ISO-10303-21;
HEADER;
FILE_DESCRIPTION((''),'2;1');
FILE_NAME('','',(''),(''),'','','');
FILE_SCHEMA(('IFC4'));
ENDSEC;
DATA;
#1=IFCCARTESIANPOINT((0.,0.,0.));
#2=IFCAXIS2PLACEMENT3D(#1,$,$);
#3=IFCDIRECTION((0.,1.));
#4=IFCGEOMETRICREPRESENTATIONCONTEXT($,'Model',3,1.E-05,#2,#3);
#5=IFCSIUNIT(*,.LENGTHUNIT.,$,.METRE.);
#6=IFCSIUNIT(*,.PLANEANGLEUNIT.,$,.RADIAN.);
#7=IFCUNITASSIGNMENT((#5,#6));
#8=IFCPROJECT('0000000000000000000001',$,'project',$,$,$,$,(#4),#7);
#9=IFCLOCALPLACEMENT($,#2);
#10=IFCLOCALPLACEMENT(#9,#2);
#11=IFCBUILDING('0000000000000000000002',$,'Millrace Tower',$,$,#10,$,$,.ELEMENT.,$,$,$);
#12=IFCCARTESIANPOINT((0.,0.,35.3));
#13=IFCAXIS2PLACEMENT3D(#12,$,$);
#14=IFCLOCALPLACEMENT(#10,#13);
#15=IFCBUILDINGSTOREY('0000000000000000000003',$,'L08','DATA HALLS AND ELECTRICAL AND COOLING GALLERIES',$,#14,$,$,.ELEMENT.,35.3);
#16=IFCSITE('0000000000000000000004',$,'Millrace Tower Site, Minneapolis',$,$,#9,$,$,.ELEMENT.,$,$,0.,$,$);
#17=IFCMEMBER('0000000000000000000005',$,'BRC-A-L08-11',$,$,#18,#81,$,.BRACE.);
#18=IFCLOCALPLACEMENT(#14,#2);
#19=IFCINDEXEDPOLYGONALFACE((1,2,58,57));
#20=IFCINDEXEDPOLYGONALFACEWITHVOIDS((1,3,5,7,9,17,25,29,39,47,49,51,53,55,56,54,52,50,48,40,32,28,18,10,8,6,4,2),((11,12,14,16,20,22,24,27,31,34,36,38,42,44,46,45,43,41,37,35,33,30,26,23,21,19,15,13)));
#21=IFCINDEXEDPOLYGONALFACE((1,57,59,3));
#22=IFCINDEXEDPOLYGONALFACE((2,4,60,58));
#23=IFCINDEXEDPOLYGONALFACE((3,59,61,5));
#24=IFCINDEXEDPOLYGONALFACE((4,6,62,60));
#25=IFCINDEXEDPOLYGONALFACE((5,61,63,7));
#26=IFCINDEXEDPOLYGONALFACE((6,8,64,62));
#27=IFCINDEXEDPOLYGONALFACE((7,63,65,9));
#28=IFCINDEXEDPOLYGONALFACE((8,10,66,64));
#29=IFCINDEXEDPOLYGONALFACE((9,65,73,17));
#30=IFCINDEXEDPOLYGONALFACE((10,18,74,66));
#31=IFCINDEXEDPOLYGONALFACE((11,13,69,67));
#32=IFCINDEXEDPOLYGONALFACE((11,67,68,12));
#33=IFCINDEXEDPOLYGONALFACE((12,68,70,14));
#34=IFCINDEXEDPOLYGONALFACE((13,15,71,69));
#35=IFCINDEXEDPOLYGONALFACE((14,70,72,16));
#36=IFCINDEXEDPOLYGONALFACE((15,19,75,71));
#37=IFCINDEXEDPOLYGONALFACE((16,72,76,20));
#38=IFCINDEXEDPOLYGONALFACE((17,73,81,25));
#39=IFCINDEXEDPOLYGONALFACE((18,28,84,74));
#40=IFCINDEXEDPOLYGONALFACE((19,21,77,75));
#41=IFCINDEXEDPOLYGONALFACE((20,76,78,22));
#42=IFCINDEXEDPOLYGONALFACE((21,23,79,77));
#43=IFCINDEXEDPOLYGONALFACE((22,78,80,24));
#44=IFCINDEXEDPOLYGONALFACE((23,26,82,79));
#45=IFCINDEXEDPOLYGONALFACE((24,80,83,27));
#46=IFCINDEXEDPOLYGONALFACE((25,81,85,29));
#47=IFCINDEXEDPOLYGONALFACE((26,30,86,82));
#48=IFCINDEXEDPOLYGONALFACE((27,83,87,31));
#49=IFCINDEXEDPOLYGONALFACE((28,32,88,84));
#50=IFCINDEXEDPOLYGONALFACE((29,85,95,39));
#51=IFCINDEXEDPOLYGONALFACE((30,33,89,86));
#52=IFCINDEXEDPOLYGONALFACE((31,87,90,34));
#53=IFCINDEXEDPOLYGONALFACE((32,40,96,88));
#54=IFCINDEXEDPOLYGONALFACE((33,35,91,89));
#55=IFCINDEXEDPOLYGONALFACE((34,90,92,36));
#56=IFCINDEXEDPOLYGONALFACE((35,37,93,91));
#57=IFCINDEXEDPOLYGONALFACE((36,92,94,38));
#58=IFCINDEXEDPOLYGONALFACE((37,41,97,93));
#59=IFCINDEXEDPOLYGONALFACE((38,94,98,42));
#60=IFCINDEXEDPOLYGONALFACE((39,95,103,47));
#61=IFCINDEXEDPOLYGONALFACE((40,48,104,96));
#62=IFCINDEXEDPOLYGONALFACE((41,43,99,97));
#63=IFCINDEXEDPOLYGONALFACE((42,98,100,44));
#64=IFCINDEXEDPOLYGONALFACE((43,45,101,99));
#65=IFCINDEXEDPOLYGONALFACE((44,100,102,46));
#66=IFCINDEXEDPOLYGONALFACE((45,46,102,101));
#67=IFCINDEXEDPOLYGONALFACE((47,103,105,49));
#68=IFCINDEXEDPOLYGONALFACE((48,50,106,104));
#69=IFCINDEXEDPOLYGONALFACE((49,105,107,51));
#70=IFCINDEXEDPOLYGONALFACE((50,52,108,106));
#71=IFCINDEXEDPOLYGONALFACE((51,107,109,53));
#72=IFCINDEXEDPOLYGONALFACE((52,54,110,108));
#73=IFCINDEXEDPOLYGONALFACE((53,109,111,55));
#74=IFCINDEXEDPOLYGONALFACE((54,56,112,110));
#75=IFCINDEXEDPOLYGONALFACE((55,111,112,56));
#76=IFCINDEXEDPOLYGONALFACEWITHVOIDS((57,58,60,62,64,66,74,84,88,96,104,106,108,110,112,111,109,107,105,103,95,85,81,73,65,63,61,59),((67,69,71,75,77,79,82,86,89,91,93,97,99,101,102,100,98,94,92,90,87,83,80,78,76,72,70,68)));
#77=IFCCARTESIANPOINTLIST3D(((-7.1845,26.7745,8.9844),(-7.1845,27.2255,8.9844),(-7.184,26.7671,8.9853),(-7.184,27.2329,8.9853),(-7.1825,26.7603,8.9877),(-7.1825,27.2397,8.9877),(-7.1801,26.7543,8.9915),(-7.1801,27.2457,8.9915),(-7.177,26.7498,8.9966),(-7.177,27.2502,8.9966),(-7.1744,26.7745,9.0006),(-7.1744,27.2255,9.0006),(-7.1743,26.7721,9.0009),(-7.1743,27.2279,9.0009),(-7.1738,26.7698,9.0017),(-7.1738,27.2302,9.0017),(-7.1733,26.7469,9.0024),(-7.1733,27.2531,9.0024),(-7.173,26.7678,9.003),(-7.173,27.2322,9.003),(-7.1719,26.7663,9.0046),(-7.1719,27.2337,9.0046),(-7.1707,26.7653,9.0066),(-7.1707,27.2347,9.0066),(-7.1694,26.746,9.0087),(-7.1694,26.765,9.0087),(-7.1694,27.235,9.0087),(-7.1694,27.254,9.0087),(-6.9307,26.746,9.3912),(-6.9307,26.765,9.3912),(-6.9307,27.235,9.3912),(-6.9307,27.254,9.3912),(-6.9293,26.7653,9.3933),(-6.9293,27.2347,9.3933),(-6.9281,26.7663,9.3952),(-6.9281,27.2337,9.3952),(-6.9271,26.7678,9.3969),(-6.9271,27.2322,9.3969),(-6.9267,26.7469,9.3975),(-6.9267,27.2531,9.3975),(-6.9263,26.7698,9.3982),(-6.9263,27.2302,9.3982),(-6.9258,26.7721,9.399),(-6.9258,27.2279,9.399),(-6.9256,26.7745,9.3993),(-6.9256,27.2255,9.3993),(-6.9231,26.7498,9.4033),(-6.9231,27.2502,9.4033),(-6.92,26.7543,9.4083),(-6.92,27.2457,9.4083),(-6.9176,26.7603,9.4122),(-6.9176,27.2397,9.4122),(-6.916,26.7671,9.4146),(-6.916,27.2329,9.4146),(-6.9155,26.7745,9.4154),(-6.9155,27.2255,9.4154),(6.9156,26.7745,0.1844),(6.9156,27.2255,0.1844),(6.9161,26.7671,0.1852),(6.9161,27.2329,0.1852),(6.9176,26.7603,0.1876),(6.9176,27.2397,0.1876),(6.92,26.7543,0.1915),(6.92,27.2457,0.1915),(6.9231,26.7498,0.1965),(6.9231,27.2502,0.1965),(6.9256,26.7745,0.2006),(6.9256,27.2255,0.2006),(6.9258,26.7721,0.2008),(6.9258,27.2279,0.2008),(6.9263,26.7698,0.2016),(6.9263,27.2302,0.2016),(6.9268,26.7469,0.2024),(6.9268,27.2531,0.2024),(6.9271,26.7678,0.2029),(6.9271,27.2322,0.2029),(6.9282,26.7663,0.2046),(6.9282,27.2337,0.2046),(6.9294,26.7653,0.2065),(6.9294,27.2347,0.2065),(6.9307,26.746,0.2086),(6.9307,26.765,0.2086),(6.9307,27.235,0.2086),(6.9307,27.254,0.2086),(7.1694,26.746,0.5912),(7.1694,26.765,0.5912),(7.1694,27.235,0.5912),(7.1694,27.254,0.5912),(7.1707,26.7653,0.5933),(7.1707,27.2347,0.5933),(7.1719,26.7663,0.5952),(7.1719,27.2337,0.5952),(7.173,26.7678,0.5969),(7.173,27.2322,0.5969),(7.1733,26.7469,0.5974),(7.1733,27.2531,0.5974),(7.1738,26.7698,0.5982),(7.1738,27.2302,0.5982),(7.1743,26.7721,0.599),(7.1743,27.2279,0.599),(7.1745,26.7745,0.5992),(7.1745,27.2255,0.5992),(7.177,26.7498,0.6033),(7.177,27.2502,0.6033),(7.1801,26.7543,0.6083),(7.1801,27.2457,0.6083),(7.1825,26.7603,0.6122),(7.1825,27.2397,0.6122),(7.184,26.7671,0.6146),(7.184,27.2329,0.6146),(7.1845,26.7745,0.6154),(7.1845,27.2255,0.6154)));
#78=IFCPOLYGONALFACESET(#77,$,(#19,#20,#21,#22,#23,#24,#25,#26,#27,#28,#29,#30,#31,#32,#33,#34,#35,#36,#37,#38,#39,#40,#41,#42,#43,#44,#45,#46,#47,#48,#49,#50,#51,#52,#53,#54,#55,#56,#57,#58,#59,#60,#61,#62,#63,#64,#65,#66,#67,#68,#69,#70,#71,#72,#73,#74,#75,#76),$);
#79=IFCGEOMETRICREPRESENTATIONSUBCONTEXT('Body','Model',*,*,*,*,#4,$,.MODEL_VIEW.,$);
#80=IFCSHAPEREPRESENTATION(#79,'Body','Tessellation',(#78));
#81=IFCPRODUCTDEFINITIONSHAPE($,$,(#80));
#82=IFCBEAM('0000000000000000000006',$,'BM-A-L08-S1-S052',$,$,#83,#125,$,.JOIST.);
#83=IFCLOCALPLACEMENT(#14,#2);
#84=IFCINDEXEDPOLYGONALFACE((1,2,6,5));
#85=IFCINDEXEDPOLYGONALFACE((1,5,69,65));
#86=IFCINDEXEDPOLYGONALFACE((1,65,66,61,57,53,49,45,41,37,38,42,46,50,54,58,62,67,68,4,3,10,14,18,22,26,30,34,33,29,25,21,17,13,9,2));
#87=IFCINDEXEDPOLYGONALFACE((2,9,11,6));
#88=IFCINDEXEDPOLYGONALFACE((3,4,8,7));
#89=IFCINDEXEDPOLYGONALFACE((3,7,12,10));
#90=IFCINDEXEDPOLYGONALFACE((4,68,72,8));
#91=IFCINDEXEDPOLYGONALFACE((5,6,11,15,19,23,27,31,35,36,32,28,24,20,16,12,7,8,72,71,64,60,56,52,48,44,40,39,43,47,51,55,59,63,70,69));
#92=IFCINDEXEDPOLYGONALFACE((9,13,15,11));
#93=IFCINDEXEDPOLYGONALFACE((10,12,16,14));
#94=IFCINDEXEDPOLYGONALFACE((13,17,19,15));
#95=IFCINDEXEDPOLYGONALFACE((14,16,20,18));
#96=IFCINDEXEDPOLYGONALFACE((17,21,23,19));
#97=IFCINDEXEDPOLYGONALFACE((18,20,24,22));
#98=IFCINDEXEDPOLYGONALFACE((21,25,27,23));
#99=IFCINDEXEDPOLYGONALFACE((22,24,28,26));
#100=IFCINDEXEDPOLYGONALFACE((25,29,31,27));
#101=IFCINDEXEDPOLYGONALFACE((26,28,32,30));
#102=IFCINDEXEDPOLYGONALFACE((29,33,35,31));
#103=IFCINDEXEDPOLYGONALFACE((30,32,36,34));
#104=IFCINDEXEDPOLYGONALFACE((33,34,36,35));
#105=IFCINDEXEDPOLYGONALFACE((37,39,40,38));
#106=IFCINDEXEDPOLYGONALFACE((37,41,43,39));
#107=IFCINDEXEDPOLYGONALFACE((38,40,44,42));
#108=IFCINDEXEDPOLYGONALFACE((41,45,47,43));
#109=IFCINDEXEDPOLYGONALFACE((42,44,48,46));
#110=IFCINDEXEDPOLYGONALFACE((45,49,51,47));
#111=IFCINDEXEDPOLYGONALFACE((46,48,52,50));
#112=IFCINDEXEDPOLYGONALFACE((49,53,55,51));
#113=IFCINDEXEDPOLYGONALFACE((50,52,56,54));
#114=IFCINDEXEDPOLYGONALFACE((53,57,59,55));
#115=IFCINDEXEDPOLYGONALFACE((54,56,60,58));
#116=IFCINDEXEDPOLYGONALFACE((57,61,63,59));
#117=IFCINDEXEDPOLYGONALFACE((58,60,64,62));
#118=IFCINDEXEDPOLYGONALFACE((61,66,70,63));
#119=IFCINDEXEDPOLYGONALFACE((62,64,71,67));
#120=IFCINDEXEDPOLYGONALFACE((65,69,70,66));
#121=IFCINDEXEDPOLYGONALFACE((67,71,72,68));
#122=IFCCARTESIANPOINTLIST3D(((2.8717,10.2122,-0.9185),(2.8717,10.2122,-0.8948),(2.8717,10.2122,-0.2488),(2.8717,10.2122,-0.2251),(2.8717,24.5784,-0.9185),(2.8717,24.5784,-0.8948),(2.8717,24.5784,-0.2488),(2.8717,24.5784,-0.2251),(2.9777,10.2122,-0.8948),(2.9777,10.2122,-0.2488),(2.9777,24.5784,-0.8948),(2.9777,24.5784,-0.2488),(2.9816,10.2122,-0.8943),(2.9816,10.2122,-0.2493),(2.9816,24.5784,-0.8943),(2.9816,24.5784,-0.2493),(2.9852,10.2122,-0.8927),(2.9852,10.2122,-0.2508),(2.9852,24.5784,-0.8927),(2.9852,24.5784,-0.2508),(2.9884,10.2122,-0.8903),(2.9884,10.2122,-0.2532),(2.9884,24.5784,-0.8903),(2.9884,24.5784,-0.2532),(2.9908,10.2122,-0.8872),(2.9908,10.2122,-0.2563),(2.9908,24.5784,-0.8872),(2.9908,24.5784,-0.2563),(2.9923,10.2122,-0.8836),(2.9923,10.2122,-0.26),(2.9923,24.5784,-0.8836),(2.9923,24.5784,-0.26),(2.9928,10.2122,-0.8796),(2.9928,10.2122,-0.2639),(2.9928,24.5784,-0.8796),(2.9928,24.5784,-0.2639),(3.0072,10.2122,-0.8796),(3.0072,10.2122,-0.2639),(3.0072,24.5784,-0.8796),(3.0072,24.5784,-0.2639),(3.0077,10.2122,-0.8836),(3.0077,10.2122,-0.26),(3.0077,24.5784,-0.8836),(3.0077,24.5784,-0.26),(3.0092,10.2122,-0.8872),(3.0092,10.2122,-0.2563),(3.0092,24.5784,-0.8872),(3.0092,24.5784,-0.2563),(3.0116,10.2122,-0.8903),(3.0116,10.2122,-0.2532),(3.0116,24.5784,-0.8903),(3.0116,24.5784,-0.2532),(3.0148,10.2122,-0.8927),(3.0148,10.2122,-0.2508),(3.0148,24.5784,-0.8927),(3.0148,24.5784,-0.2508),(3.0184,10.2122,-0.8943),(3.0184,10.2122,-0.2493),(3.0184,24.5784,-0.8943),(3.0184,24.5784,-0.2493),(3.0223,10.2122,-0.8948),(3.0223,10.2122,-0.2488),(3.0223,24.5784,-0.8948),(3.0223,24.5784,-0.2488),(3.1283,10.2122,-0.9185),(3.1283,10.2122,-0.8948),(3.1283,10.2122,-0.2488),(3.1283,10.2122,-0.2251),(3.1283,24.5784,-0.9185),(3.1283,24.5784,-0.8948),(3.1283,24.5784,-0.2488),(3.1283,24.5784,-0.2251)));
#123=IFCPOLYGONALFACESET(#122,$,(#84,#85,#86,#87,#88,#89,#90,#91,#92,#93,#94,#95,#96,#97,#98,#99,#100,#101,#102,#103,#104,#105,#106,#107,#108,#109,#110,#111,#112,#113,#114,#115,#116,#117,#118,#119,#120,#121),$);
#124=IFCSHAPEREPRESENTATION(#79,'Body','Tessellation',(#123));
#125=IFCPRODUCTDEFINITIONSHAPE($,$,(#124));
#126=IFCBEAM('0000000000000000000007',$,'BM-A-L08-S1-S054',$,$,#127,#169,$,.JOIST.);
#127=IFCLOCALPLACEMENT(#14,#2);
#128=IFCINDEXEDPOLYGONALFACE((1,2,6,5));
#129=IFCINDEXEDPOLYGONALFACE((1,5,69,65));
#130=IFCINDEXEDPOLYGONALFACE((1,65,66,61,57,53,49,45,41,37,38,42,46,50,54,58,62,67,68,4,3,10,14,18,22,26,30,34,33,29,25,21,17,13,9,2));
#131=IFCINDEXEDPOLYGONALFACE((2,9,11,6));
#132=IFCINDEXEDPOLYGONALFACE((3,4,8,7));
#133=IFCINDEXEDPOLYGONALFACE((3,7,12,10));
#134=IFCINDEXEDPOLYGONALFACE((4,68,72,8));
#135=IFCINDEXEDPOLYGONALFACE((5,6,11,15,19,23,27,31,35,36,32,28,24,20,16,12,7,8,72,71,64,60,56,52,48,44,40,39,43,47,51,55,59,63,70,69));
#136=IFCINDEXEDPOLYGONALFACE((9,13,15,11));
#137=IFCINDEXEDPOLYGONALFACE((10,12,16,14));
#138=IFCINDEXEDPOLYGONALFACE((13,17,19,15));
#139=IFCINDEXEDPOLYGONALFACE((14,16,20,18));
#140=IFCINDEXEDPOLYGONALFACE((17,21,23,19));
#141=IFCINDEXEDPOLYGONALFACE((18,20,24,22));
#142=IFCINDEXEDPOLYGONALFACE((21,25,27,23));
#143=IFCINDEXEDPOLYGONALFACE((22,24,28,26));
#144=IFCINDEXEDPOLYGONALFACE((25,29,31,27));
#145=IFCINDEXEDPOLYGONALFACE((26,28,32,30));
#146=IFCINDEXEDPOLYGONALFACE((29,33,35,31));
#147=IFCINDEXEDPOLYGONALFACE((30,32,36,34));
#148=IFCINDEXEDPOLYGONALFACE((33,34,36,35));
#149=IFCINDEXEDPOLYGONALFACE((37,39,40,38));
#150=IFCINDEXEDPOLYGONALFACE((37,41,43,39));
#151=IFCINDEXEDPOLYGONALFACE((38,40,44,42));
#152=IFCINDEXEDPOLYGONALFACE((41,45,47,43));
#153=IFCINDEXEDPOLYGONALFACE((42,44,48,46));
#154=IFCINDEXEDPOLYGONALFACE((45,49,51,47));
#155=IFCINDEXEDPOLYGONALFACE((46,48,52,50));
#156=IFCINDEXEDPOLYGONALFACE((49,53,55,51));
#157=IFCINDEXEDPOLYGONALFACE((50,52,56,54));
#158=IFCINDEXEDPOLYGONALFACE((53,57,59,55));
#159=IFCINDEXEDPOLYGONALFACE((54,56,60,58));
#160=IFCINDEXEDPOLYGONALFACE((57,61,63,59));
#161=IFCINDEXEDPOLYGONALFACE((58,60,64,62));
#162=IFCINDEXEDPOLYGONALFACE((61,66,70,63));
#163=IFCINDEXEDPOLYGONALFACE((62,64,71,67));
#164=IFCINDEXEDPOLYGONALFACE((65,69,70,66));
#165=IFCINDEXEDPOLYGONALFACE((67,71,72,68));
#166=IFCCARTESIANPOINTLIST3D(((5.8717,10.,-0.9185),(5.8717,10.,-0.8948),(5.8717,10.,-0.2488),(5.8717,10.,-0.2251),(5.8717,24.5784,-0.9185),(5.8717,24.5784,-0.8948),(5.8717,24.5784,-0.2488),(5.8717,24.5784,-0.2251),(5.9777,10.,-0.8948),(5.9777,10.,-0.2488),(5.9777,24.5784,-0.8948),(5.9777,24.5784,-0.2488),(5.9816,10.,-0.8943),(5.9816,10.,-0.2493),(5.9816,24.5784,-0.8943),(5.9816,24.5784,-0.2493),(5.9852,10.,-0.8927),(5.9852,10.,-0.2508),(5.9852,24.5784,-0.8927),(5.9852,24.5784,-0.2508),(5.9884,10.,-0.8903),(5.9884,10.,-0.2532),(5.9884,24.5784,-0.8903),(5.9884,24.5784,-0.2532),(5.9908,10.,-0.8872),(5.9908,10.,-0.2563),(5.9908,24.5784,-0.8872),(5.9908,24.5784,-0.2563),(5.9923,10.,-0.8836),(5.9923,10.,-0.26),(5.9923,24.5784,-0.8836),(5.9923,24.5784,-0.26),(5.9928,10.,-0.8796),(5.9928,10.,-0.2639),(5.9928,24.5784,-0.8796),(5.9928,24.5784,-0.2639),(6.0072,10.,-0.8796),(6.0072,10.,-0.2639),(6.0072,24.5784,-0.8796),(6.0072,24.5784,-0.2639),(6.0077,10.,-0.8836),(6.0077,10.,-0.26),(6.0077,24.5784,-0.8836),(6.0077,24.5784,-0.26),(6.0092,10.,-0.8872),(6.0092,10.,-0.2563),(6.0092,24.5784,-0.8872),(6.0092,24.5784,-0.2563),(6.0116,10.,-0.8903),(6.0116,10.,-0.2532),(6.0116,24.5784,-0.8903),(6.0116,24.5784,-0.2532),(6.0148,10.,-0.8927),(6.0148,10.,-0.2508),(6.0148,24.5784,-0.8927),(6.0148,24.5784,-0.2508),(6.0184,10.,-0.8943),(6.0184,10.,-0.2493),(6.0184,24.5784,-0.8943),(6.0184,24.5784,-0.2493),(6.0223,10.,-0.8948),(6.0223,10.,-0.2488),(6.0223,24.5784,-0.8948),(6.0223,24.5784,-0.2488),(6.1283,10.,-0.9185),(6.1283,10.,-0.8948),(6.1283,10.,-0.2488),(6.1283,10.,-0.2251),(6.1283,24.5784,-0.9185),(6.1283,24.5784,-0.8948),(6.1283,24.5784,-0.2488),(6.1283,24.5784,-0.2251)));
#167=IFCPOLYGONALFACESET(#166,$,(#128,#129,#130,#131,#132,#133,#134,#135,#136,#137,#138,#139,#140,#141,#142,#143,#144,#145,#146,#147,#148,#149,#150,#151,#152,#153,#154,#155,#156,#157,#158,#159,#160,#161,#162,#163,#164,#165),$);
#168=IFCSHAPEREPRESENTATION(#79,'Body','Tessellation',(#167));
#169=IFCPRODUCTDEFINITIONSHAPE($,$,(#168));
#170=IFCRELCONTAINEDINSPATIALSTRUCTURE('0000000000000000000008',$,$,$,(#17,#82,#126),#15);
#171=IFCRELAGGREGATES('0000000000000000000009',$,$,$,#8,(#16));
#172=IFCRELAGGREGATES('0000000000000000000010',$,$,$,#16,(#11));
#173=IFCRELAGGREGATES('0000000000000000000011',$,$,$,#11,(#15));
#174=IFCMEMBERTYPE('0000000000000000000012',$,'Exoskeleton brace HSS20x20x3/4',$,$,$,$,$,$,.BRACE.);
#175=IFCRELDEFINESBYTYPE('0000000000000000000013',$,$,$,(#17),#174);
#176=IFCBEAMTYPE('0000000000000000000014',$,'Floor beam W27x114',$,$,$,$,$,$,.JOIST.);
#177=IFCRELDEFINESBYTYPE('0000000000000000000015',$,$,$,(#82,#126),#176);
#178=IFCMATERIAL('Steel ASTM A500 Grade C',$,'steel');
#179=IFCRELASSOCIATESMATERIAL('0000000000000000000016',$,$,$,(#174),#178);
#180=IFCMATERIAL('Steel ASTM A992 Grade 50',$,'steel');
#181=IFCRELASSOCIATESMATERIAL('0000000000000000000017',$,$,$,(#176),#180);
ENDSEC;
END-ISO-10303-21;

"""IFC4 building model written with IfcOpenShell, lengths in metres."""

from ifc_helpers import new_model, si_unit, direction, frame, origin, origin_2d, place, context, subcontext, project, spatial, hollow_rectangle, i_section, extrude, material, material_profile, profile_set, type_object, element, save


model = new_model("IFC4")

# Units and contexts
model_context = context("Model", 3, precision=1e-05, world=origin(), true_north=direction((0.0, 1.0)))
body_context = subcontext(model_context, "Body", "Model", "MODEL_VIEW")
ifc_project = project(units=[si_unit("LENGTHUNIT", "METRE"), si_unit("PLANEANGLEUNIT", "RADIAN")], contexts=[model_context])

# Site, building, storey
site_placement = place(None, origin())
site = spatial("IfcSite", under=ifc_project, at=site_placement, Name="Millrace Tower Site, Minneapolis", CompositionType="ELEMENT", RefElevation=0.0)
building_placement = place(site_placement, origin())
building = spatial("IfcBuilding", under=site, at=building_placement, Name="Millrace Tower", CompositionType="ELEMENT")
storey_placement = place(building_placement, frame((0.0, 0.0, 35.3)))
storey = spatial("IfcBuildingStorey", under=building, at=storey_placement, Name="L08", Description="DATA HALLS AND ELECTRICAL AND COOLING GALLERIES", CompositionType="ELEMENT", Elevation=35.3)

# Member
ifc_material_1 = material(Name="Steel ASTM A500 Grade C", Category="steel")
ifc_material_profile_1 = material_profile(ifc_material_1, hollow_rectangle(XDim=0.5081, YDim=0.5081, WallThickness=0.019, InnerFilletRadius=0.0095, OuterFilletRadius=0.0286, at=origin_2d()))
ifc_profile_set_1 = profile_set([ifc_material_profile_1], Name="Steel ASTM A500 Grade C")
member_type_1 = type_object("IfcMemberType", Name="Exoskeleton brace HSS20x20x3/4", PredefinedType="BRACE", material=ifc_profile_set_1)
member_1_placement = place(storey_placement, frame((7.05, 27.0, 0.3999), z_axis=(-0.848336, 0.0, 0.529457), x_axis=(0.0, -1.0, 0.0)))
element("IfcMember", 1, at=member_1_placement, inside=storey, type_object=member_type_1, Name="BRC-A-L08-11", PredefinedType="BRACE", context=body_context, shape_type="SweptSolid", body=[
    extrude(hollow_rectangle(XDim=0.5081, YDim=0.5081, WallThickness=0.019, InnerFilletRadius=0.0095, OuterFilletRadius=0.0286, at=origin_2d()), origin(), (0.0, 0.0, 1.0), 16.6208),
])

# Beams
ifc_material_2 = material(Name="Steel ASTM A992 Grade 50", Category="steel")
ifc_material_profile_2 = material_profile(ifc_material_2, i_section(OverallWidth=0.2566, OverallDepth=0.6934, WebThickness=0.0144, FlangeThickness=0.0237, FilletRadius=0.0151, at=origin_2d()))
ifc_profile_set_2 = profile_set([ifc_material_profile_2], Name="Steel ASTM A992 Grade 50")
beam_type_1 = type_object("IfcBeamType", Name="Floor beam W27x114", PredefinedType="JOIST", material=ifc_profile_set_2)
beam_1_placement = place(storey_placement, frame((3.0, 10.2122, -0.5718), z_axis=(0.0, 1.0, 0.0), x_axis=(-1.0, 0.0, 0.0)))
element("IfcBeam", 2, at=beam_1_placement, inside=storey, type_object=beam_type_1, Name="BM-A-L08-S1-S052", PredefinedType="JOIST", context=body_context, shape_type="SweptSolid", body=[
    extrude(i_section(OverallWidth=0.2566, OverallDepth=0.6934, WebThickness=0.0144, FlangeThickness=0.0237, FilletRadius=0.0151, at=origin_2d()), origin(), (0.0, 0.0, 1.0), 14.3662),
])
for number, where, z_axis, x_axis, name in (
    (3, (6.0, 10.0, -0.5718), (0.0, 1.0, 0.0), (-1.0, 0.0, 0.0), "BM-A-L08-S1-S054"),
):
    element("IfcBeam", number, at=place(storey_placement, frame(where, z_axis=z_axis, x_axis=x_axis)), inside=storey, type_object=beam_type_1, Name=name, PredefinedType="JOIST", context=body_context, shape_type="SweptSolid", body=[
        extrude(i_section(OverallWidth=0.2566, OverallDepth=0.6934, WebThickness=0.0144, FlangeThickness=0.0237, FilletRadius=0.0151, at=origin_2d()), origin(), (0.0, 0.0, 1.0), 14.5784),
    ])

save(model, "model.ifc")
